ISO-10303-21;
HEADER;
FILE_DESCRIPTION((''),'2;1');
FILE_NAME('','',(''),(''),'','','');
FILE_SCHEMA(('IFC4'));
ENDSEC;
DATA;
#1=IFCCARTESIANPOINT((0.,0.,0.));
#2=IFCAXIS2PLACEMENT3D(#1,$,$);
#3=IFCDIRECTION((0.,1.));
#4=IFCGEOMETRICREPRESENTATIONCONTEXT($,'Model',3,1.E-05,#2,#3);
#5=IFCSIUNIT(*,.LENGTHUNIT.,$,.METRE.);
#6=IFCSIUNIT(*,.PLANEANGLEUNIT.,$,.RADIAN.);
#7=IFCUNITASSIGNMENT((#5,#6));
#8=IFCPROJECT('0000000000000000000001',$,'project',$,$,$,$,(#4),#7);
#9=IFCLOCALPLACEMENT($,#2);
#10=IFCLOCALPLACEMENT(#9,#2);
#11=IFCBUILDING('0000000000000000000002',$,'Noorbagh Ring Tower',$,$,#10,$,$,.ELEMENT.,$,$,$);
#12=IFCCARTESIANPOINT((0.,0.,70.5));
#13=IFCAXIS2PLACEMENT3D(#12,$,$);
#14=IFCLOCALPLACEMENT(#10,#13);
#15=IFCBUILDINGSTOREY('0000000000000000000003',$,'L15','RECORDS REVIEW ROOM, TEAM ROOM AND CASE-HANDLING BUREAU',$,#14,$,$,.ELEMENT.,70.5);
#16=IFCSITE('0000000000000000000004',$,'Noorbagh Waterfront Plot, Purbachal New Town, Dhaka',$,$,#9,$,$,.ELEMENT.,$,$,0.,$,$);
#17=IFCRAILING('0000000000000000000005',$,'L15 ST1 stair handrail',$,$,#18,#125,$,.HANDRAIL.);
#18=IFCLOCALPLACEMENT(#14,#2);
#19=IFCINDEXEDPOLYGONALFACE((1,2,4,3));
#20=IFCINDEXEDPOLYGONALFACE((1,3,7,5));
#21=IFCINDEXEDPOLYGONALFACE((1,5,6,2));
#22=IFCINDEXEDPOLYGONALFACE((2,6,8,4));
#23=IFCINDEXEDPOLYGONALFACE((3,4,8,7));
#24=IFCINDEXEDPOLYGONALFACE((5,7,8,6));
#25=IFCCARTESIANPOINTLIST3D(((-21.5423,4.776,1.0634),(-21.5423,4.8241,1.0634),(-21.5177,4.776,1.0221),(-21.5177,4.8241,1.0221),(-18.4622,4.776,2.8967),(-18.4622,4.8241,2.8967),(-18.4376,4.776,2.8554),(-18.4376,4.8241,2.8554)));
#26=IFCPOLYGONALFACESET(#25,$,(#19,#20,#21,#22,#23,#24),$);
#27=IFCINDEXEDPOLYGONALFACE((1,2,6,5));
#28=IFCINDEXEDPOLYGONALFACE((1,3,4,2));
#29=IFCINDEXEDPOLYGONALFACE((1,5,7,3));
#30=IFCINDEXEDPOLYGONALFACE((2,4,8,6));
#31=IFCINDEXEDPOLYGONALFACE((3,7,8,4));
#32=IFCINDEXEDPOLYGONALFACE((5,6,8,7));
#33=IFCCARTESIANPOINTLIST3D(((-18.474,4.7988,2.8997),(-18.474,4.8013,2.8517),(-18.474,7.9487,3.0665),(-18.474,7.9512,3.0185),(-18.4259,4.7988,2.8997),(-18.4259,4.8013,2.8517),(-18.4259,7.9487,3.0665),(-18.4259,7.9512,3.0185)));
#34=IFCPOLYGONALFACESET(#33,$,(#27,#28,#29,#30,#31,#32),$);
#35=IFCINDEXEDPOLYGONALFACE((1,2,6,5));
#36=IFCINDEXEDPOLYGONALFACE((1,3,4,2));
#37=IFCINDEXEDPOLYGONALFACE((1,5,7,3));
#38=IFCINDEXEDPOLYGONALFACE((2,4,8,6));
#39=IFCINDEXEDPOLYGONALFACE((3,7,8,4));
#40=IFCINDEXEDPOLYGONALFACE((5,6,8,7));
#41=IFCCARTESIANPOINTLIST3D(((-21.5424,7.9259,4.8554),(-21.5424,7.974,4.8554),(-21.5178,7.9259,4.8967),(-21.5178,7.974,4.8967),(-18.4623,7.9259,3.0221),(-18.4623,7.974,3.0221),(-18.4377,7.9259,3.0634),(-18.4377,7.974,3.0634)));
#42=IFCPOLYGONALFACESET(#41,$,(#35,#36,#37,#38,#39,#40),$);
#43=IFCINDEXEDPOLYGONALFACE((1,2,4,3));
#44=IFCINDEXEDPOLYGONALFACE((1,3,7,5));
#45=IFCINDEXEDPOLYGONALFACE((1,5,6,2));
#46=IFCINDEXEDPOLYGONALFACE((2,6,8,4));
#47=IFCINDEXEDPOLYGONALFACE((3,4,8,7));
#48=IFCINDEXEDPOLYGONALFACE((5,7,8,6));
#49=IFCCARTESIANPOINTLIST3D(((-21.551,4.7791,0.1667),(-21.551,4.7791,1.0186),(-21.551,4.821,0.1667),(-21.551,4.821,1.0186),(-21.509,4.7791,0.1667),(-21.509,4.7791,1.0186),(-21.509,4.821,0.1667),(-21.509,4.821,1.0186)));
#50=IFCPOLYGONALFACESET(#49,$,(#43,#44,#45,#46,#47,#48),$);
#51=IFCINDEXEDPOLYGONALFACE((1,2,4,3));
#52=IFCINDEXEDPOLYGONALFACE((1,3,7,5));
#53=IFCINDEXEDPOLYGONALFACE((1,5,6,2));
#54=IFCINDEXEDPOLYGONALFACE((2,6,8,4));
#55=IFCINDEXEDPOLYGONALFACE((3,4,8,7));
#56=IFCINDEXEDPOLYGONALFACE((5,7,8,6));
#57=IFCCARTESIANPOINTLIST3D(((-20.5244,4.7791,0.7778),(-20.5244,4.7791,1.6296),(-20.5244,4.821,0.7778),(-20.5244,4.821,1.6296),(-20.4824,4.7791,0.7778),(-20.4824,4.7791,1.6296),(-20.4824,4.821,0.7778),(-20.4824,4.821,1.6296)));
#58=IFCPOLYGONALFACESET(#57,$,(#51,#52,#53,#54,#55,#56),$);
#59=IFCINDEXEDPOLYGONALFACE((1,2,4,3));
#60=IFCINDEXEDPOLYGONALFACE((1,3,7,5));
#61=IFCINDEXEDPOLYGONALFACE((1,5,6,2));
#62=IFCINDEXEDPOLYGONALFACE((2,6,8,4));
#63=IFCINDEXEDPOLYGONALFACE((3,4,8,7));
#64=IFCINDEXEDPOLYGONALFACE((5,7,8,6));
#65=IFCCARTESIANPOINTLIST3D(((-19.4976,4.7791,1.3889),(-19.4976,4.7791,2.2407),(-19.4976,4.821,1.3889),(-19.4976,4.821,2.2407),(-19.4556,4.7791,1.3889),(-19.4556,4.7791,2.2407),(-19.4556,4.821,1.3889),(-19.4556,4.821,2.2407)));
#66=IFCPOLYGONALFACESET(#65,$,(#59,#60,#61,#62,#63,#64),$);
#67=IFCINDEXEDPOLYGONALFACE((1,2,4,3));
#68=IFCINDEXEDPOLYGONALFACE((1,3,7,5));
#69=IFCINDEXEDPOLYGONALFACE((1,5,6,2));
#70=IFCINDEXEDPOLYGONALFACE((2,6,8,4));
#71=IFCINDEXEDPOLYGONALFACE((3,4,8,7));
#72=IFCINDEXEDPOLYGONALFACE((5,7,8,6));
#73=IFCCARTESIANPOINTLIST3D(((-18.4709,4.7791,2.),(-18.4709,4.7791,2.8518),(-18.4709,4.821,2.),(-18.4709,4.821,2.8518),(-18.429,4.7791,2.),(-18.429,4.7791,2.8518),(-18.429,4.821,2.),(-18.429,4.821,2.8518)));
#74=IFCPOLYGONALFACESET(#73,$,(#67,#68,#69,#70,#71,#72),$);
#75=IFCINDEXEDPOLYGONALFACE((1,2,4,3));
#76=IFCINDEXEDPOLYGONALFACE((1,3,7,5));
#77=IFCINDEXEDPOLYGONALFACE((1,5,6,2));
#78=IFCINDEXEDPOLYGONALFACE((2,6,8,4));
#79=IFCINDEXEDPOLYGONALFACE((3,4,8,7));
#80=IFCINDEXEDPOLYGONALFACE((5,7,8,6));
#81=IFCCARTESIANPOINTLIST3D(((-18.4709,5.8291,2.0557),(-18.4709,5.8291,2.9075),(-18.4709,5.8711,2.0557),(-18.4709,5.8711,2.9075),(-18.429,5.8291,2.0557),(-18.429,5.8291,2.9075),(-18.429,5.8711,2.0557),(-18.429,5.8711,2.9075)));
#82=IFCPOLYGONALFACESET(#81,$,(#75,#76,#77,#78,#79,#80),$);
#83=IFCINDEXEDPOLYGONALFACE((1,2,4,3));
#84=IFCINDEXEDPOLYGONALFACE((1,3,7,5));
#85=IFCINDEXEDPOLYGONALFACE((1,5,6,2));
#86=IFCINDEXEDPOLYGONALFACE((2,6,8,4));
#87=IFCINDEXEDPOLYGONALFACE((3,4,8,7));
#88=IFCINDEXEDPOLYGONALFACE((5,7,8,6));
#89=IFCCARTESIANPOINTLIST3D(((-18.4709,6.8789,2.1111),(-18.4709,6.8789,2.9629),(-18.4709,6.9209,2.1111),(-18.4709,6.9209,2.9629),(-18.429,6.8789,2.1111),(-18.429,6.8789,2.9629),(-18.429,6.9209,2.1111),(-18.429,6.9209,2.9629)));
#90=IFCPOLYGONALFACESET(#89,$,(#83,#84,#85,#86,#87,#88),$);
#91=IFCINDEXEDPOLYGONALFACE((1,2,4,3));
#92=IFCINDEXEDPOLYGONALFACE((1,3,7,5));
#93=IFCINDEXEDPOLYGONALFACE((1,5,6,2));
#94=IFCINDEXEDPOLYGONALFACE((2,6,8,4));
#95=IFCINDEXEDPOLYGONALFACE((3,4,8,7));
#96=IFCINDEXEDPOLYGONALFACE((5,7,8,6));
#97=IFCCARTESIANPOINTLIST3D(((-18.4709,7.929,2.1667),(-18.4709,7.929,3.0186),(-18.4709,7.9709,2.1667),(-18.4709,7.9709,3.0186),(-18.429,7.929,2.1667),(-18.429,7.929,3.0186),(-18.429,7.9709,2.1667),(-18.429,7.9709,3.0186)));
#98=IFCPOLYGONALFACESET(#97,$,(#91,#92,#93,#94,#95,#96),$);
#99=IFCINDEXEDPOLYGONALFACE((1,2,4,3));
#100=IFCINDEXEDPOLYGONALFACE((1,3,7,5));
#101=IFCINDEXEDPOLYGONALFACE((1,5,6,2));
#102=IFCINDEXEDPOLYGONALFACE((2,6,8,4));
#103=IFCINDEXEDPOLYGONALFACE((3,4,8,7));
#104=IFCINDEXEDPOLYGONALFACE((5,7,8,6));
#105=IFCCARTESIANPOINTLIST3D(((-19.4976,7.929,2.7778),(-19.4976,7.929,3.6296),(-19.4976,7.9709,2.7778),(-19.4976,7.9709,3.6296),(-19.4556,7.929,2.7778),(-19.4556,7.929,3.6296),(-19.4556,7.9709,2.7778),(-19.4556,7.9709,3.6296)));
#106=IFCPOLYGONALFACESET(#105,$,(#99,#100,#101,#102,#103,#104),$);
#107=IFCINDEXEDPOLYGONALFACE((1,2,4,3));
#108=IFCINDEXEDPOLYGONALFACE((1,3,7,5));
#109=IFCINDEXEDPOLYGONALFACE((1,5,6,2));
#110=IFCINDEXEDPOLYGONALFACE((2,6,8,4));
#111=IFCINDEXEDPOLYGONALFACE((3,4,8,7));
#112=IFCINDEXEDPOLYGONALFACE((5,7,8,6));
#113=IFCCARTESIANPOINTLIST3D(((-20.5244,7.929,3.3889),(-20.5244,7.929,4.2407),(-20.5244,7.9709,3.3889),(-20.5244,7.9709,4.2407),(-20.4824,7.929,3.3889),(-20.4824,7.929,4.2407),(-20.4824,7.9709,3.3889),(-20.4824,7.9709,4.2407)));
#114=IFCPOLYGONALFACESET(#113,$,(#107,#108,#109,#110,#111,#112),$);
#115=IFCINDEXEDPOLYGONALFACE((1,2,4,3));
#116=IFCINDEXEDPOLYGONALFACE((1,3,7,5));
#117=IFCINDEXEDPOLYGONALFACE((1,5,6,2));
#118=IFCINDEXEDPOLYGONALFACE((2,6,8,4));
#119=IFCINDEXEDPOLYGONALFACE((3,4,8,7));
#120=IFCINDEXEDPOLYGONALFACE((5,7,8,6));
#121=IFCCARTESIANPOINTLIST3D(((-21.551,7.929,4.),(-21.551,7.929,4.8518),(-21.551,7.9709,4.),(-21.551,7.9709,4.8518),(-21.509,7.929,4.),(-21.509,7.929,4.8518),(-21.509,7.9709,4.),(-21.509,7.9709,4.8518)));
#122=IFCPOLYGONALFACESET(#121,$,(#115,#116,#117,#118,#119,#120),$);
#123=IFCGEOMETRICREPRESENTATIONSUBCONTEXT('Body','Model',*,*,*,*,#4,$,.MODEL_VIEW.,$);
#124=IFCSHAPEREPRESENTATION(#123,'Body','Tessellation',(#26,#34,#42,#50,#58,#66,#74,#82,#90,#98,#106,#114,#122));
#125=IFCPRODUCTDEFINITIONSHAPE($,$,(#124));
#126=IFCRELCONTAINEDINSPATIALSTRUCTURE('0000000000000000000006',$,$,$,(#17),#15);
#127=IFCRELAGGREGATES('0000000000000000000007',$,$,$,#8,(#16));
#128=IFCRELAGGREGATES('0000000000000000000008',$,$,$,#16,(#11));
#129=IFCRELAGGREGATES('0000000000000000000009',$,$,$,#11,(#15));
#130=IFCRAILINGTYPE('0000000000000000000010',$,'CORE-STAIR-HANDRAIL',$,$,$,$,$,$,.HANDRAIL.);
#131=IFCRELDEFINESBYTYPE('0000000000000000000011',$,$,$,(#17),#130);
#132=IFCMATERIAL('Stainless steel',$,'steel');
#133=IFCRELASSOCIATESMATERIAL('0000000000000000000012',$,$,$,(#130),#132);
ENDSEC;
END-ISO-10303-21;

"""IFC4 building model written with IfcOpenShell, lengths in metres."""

from ifc_helpers import new_model, si_unit, direction, frame, origin, origin_2d, place, context, subcontext, project, spatial, rectangle, extrude, material, type_object, element, save


model = new_model("IFC4")

# Units and contexts
model_context = context("Model", 3, precision=1e-05, world=origin(), true_north=direction((0.0, 1.0)))
body_context = subcontext(model_context, "Body", "Model", "MODEL_VIEW")
ifc_project = project(units=[si_unit("LENGTHUNIT", "METRE"), si_unit("PLANEANGLEUNIT", "RADIAN")], contexts=[model_context])

# Site, building, storey
site_placement = place(None, origin())
site = spatial("IfcSite", under=ifc_project, at=site_placement, Name="Noorbagh Waterfront Plot, Purbachal New Town, Dhaka", CompositionType="ELEMENT", RefElevation=0.0)
building_placement = place(site_placement, origin())
building = spatial("IfcBuilding", under=site, at=building_placement, Name="Noorbagh Ring Tower", CompositionType="ELEMENT")
storey_placement = place(building_placement, frame((0.0, 0.0, 70.5)))
storey = spatial("IfcBuildingStorey", under=building, at=storey_placement, Name="L15", Description="RECORDS REVIEW ROOM, TEAM ROOM AND CASE-HANDLING BUREAU", CompositionType="ELEMENT", Elevation=70.5)

# Railing
ifc_material_1 = material(Name="Stainless steel", Category="steel")
railing_type_1 = type_object("IfcRailingType", Name="CORE-STAIR-HANDRAIL", PredefinedType="HANDRAIL", material=ifc_material_1)
railing_1_placement = place(storey_placement, frame((-21.53, 4.8, 0.1667)))
element("IfcRailing", 1, at=railing_1_placement, inside=storey, type_object=railing_type_1, Name="L15 ST1 stair handrail", PredefinedType="HANDRAIL", context=body_context, shape_type="SweptSolid", body=[
    extrude(rectangle(XDim=0.0481, YDim=0.0481, at=origin_2d()), frame((0.0, 0.0, 0.876), z_axis=(0.859309, 0.0, 0.511458), x_axis=(0.0, 1.0, 0.0)), (0.0, 0.0, 1.0), 3.5845),
    extrude(rectangle(XDim=0.0481, YDim=0.0481, at=origin_2d()), frame((3.0801, 0.0, 2.709), z_axis=(0.0, 0.998602, 0.052864), x_axis=(-1.0, 0.0, 0.0)), (0.0, 0.0, 1.0), 3.1543),
    extrude(rectangle(XDim=0.0481, YDim=0.0481, at=origin_2d()), frame((3.0801, 3.1499, 2.876), z_axis=(-0.859309, 0.0, 0.511458), x_axis=(0.0, -1.0, 0.0)), (0.0, 0.0, 1.0), 3.5845),
    extrude(rectangle(XDim=0.042, YDim=0.042, at=origin_2d()), origin(), (0.0, 0.0, 1.0), 0.8518),
    extrude(rectangle(XDim=0.042, YDim=0.042, at=origin_2d()), frame((1.0266, 0.0, 0.6111)), (0.0, 0.0, 1.0), 0.8518),
    extrude(rectangle(XDim=0.042, YDim=0.042, at=origin_2d()), frame((2.0535, 0.0, 1.2222)), (0.0, 0.0, 1.0), 0.8518),
    extrude(rectangle(XDim=0.042, YDim=0.042, at=origin_2d()), frame((3.0801, 0.0, 1.8333)), (0.0, 0.0, 1.0), 0.8518),
    extrude(rectangle(XDim=0.042, YDim=0.042, at=origin_2d()), frame((3.0801, 1.05, 1.8889)), (0.0, 0.0, 1.0), 0.8518),
    extrude(rectangle(XDim=0.042, YDim=0.042, at=origin_2d()), frame((3.0801, 2.0999, 1.9443)), (0.0, 0.0, 1.0), 0.8518),
    extrude(rectangle(XDim=0.042, YDim=0.042, at=origin_2d()), frame((3.0801, 3.1499, 2.0)), (0.0, 0.0, 1.0), 0.8518),
    extrude(rectangle(XDim=0.042, YDim=0.042, at=origin_2d()), frame((2.0535, 3.1499, 2.6111)), (0.0, 0.0, 1.0), 0.8518),
    extrude(rectangle(XDim=0.042, YDim=0.042, at=origin_2d()), frame((1.0266, 3.1499, 3.2222)), (0.0, 0.0, 1.0), 0.8518),
    extrude(rectangle(XDim=0.042, YDim=0.042, at=origin_2d()), frame((0.0, 3.1499, 3.8333)), (0.0, 0.0, 1.0), 0.8518),
])

save(model, "model.ifc")
